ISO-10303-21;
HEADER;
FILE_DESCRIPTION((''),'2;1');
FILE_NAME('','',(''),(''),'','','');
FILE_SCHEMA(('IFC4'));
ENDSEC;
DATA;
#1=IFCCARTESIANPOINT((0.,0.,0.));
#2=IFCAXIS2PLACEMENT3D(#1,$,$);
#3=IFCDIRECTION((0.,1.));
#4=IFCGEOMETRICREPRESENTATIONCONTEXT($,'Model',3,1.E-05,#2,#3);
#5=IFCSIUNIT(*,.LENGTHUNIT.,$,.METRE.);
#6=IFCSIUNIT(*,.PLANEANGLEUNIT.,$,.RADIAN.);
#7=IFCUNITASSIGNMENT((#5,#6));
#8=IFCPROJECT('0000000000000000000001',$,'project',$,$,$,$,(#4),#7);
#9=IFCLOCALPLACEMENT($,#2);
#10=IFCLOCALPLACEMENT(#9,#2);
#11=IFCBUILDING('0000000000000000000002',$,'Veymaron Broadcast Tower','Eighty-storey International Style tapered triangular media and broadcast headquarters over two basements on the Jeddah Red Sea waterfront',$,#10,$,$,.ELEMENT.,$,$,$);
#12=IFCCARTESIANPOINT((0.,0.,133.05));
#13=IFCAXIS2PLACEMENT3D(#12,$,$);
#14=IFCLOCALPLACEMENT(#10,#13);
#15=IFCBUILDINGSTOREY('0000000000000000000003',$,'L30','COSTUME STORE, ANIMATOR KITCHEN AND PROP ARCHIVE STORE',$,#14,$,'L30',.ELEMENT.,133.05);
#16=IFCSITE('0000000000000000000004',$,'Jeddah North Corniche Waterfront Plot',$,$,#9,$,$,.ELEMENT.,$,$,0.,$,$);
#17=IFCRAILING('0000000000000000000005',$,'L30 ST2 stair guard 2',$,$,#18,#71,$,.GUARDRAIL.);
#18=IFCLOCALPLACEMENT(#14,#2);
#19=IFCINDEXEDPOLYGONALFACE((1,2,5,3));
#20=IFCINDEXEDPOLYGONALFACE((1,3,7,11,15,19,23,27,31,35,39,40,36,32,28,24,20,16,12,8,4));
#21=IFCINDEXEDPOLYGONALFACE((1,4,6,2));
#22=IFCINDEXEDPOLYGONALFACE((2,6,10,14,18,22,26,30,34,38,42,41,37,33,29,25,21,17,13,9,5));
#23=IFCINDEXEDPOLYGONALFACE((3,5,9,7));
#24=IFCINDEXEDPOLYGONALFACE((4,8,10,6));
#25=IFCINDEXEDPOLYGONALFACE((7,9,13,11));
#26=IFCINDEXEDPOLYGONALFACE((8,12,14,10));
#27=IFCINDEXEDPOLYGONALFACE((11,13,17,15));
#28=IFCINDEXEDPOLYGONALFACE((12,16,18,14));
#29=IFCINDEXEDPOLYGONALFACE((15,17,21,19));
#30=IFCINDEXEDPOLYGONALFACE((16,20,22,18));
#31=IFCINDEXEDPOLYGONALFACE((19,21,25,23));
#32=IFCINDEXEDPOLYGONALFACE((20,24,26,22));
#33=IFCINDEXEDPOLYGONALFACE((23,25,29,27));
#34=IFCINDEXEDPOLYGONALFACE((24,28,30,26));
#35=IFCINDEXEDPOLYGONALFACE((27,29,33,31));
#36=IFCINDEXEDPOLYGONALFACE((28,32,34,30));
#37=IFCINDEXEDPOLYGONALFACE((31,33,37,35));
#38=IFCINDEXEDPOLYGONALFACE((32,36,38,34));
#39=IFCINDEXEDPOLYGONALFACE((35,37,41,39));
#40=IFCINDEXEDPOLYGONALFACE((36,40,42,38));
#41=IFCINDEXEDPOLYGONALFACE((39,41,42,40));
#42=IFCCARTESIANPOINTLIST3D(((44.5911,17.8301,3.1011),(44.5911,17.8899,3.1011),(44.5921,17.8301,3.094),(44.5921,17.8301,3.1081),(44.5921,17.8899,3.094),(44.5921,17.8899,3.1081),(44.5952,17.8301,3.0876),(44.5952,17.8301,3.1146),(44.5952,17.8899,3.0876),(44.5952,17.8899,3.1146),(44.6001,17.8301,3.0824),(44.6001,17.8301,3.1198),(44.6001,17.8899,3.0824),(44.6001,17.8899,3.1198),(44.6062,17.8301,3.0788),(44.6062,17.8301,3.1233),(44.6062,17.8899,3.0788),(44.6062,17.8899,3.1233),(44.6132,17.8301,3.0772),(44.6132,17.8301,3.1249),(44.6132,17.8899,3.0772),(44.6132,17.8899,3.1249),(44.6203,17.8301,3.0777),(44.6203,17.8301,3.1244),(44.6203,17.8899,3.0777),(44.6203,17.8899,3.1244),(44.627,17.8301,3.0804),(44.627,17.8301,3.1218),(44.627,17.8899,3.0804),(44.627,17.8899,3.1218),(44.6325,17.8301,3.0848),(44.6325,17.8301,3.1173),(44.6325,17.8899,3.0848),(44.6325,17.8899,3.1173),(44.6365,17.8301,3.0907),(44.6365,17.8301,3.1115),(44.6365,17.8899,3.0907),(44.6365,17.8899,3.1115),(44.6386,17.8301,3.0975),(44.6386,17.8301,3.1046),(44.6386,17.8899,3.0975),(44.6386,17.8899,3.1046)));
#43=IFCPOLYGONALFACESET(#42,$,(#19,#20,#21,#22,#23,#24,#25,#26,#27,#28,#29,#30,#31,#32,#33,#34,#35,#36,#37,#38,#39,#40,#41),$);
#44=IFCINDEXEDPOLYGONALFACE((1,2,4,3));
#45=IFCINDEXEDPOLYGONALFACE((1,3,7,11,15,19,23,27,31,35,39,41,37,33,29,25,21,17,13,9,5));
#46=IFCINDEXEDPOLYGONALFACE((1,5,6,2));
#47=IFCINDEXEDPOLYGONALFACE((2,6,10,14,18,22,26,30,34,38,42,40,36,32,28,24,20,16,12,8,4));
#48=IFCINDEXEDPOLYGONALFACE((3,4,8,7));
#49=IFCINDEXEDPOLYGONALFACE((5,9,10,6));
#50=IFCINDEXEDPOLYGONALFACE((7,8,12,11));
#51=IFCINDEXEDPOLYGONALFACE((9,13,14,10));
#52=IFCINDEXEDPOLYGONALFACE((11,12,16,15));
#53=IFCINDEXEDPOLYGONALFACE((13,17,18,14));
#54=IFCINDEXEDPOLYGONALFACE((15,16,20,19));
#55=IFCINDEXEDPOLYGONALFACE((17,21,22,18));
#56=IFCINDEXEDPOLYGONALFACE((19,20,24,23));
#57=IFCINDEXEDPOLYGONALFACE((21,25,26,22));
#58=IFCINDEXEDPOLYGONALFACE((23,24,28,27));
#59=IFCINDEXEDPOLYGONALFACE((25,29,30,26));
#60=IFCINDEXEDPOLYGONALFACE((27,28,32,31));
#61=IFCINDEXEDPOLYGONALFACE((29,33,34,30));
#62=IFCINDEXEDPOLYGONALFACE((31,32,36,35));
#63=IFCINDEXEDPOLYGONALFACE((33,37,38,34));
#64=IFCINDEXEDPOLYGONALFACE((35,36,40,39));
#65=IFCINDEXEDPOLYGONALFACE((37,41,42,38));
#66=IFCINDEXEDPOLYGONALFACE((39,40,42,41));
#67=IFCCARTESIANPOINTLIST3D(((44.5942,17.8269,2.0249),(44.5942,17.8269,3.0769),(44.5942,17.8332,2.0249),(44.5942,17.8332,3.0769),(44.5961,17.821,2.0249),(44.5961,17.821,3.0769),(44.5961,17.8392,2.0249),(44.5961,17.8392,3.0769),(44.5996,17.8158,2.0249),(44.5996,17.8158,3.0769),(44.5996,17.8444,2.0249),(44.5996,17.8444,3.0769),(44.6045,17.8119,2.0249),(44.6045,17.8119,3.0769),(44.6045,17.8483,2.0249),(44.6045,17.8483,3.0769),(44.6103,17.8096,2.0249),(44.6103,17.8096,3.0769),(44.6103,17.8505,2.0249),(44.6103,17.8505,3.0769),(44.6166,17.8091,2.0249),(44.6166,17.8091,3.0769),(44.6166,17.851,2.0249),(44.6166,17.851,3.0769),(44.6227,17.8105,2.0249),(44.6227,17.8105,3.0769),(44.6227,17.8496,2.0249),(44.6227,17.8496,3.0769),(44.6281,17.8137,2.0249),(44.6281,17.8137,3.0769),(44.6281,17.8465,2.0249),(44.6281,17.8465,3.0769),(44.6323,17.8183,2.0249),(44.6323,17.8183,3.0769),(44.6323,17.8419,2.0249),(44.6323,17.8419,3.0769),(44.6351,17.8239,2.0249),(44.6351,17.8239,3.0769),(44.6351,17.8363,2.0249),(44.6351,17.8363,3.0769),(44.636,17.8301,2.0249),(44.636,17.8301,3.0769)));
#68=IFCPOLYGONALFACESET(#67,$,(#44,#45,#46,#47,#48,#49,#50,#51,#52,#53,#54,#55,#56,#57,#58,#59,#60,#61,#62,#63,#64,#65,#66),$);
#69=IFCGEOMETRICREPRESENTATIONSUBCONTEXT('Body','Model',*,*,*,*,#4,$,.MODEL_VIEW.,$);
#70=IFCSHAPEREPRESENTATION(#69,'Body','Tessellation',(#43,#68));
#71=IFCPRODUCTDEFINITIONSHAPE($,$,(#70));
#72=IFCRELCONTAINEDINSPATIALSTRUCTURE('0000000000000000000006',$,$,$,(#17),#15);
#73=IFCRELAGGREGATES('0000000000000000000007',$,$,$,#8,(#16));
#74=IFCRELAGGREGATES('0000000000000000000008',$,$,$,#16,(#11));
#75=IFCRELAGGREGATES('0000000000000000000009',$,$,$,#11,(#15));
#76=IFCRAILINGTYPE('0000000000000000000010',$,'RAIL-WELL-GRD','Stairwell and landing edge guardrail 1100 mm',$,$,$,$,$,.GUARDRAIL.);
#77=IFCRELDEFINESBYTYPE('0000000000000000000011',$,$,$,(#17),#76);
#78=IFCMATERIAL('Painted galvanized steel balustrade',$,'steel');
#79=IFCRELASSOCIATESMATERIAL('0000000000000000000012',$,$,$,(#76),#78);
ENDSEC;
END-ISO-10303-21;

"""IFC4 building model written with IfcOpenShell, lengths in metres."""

from ifc_helpers import new_model, si_unit, direction, frame, origin, origin_2d, place, context, subcontext, project, spatial, circle, extrude, material, type_object, element, save


model = new_model("IFC4")

# Units and contexts
model_context = context("Model", 3, precision=1e-05, world=origin(), true_north=direction((0.0, 1.0)))
body_context = subcontext(model_context, "Body", "Model", "MODEL_VIEW")
ifc_project = project(units=[si_unit("LENGTHUNIT", "METRE"), si_unit("PLANEANGLEUNIT", "RADIAN")], contexts=[model_context])

# Site, building, storey
site_placement = place(None, origin())
site = spatial("IfcSite", under=ifc_project, at=site_placement, Name="Jeddah North Corniche Waterfront Plot", CompositionType="ELEMENT", RefElevation=0.0)
building_placement = place(site_placement, origin())
building = spatial("IfcBuilding", under=site, at=building_placement, Name="Veymaron Broadcast Tower", Description="Eighty-storey International Style tapered triangular media and broadcast headquarters over two basements on the Jeddah Red Sea waterfront", CompositionType="ELEMENT")
storey_placement = place(building_placement, frame((0.0, 0.0, 133.05)))
storey = spatial("IfcBuildingStorey", under=building, at=storey_placement, Name="L30", Description="COSTUME STORE, ANIMATOR KITCHEN AND PROP ARCHIVE STORE", LongName="L30", CompositionType="ELEMENT", Elevation=133.05)

# Railing
ifc_material_1 = material(Name="Painted galvanized steel balustrade", Category="steel")
railing_type_1 = type_object("IfcRailingType", Name="RAIL-WELL-GRD", Description="Stairwell and landing edge guardrail 1100 mm", PredefinedType="GUARDRAIL", material=ifc_material_1)
railing_1_placement = place(storey_placement, frame((44.615, 17.8301, 2.0249)))
element("IfcRailing", 1, at=railing_1_placement, inside=storey, type_object=railing_type_1, Name="L30 ST2 stair guard 2", PredefinedType="GUARDRAIL", context=body_context, shape_type="SweptSolid", body=[
    extrude(circle(Radius=0.0239, at=origin_2d()), frame((0.0, 0.0, 1.0762), z_axis=(0.0, 1.0, 0.0), x_axis=(-1.0, 0.0, 0.0)), (0.0, 0.0, 1.0), 0.0598),
    extrude(circle(Radius=0.021, at=origin_2d()), origin(), (0.0, 0.0, 1.0), 1.052),
])

save(model, "model.ifc")
